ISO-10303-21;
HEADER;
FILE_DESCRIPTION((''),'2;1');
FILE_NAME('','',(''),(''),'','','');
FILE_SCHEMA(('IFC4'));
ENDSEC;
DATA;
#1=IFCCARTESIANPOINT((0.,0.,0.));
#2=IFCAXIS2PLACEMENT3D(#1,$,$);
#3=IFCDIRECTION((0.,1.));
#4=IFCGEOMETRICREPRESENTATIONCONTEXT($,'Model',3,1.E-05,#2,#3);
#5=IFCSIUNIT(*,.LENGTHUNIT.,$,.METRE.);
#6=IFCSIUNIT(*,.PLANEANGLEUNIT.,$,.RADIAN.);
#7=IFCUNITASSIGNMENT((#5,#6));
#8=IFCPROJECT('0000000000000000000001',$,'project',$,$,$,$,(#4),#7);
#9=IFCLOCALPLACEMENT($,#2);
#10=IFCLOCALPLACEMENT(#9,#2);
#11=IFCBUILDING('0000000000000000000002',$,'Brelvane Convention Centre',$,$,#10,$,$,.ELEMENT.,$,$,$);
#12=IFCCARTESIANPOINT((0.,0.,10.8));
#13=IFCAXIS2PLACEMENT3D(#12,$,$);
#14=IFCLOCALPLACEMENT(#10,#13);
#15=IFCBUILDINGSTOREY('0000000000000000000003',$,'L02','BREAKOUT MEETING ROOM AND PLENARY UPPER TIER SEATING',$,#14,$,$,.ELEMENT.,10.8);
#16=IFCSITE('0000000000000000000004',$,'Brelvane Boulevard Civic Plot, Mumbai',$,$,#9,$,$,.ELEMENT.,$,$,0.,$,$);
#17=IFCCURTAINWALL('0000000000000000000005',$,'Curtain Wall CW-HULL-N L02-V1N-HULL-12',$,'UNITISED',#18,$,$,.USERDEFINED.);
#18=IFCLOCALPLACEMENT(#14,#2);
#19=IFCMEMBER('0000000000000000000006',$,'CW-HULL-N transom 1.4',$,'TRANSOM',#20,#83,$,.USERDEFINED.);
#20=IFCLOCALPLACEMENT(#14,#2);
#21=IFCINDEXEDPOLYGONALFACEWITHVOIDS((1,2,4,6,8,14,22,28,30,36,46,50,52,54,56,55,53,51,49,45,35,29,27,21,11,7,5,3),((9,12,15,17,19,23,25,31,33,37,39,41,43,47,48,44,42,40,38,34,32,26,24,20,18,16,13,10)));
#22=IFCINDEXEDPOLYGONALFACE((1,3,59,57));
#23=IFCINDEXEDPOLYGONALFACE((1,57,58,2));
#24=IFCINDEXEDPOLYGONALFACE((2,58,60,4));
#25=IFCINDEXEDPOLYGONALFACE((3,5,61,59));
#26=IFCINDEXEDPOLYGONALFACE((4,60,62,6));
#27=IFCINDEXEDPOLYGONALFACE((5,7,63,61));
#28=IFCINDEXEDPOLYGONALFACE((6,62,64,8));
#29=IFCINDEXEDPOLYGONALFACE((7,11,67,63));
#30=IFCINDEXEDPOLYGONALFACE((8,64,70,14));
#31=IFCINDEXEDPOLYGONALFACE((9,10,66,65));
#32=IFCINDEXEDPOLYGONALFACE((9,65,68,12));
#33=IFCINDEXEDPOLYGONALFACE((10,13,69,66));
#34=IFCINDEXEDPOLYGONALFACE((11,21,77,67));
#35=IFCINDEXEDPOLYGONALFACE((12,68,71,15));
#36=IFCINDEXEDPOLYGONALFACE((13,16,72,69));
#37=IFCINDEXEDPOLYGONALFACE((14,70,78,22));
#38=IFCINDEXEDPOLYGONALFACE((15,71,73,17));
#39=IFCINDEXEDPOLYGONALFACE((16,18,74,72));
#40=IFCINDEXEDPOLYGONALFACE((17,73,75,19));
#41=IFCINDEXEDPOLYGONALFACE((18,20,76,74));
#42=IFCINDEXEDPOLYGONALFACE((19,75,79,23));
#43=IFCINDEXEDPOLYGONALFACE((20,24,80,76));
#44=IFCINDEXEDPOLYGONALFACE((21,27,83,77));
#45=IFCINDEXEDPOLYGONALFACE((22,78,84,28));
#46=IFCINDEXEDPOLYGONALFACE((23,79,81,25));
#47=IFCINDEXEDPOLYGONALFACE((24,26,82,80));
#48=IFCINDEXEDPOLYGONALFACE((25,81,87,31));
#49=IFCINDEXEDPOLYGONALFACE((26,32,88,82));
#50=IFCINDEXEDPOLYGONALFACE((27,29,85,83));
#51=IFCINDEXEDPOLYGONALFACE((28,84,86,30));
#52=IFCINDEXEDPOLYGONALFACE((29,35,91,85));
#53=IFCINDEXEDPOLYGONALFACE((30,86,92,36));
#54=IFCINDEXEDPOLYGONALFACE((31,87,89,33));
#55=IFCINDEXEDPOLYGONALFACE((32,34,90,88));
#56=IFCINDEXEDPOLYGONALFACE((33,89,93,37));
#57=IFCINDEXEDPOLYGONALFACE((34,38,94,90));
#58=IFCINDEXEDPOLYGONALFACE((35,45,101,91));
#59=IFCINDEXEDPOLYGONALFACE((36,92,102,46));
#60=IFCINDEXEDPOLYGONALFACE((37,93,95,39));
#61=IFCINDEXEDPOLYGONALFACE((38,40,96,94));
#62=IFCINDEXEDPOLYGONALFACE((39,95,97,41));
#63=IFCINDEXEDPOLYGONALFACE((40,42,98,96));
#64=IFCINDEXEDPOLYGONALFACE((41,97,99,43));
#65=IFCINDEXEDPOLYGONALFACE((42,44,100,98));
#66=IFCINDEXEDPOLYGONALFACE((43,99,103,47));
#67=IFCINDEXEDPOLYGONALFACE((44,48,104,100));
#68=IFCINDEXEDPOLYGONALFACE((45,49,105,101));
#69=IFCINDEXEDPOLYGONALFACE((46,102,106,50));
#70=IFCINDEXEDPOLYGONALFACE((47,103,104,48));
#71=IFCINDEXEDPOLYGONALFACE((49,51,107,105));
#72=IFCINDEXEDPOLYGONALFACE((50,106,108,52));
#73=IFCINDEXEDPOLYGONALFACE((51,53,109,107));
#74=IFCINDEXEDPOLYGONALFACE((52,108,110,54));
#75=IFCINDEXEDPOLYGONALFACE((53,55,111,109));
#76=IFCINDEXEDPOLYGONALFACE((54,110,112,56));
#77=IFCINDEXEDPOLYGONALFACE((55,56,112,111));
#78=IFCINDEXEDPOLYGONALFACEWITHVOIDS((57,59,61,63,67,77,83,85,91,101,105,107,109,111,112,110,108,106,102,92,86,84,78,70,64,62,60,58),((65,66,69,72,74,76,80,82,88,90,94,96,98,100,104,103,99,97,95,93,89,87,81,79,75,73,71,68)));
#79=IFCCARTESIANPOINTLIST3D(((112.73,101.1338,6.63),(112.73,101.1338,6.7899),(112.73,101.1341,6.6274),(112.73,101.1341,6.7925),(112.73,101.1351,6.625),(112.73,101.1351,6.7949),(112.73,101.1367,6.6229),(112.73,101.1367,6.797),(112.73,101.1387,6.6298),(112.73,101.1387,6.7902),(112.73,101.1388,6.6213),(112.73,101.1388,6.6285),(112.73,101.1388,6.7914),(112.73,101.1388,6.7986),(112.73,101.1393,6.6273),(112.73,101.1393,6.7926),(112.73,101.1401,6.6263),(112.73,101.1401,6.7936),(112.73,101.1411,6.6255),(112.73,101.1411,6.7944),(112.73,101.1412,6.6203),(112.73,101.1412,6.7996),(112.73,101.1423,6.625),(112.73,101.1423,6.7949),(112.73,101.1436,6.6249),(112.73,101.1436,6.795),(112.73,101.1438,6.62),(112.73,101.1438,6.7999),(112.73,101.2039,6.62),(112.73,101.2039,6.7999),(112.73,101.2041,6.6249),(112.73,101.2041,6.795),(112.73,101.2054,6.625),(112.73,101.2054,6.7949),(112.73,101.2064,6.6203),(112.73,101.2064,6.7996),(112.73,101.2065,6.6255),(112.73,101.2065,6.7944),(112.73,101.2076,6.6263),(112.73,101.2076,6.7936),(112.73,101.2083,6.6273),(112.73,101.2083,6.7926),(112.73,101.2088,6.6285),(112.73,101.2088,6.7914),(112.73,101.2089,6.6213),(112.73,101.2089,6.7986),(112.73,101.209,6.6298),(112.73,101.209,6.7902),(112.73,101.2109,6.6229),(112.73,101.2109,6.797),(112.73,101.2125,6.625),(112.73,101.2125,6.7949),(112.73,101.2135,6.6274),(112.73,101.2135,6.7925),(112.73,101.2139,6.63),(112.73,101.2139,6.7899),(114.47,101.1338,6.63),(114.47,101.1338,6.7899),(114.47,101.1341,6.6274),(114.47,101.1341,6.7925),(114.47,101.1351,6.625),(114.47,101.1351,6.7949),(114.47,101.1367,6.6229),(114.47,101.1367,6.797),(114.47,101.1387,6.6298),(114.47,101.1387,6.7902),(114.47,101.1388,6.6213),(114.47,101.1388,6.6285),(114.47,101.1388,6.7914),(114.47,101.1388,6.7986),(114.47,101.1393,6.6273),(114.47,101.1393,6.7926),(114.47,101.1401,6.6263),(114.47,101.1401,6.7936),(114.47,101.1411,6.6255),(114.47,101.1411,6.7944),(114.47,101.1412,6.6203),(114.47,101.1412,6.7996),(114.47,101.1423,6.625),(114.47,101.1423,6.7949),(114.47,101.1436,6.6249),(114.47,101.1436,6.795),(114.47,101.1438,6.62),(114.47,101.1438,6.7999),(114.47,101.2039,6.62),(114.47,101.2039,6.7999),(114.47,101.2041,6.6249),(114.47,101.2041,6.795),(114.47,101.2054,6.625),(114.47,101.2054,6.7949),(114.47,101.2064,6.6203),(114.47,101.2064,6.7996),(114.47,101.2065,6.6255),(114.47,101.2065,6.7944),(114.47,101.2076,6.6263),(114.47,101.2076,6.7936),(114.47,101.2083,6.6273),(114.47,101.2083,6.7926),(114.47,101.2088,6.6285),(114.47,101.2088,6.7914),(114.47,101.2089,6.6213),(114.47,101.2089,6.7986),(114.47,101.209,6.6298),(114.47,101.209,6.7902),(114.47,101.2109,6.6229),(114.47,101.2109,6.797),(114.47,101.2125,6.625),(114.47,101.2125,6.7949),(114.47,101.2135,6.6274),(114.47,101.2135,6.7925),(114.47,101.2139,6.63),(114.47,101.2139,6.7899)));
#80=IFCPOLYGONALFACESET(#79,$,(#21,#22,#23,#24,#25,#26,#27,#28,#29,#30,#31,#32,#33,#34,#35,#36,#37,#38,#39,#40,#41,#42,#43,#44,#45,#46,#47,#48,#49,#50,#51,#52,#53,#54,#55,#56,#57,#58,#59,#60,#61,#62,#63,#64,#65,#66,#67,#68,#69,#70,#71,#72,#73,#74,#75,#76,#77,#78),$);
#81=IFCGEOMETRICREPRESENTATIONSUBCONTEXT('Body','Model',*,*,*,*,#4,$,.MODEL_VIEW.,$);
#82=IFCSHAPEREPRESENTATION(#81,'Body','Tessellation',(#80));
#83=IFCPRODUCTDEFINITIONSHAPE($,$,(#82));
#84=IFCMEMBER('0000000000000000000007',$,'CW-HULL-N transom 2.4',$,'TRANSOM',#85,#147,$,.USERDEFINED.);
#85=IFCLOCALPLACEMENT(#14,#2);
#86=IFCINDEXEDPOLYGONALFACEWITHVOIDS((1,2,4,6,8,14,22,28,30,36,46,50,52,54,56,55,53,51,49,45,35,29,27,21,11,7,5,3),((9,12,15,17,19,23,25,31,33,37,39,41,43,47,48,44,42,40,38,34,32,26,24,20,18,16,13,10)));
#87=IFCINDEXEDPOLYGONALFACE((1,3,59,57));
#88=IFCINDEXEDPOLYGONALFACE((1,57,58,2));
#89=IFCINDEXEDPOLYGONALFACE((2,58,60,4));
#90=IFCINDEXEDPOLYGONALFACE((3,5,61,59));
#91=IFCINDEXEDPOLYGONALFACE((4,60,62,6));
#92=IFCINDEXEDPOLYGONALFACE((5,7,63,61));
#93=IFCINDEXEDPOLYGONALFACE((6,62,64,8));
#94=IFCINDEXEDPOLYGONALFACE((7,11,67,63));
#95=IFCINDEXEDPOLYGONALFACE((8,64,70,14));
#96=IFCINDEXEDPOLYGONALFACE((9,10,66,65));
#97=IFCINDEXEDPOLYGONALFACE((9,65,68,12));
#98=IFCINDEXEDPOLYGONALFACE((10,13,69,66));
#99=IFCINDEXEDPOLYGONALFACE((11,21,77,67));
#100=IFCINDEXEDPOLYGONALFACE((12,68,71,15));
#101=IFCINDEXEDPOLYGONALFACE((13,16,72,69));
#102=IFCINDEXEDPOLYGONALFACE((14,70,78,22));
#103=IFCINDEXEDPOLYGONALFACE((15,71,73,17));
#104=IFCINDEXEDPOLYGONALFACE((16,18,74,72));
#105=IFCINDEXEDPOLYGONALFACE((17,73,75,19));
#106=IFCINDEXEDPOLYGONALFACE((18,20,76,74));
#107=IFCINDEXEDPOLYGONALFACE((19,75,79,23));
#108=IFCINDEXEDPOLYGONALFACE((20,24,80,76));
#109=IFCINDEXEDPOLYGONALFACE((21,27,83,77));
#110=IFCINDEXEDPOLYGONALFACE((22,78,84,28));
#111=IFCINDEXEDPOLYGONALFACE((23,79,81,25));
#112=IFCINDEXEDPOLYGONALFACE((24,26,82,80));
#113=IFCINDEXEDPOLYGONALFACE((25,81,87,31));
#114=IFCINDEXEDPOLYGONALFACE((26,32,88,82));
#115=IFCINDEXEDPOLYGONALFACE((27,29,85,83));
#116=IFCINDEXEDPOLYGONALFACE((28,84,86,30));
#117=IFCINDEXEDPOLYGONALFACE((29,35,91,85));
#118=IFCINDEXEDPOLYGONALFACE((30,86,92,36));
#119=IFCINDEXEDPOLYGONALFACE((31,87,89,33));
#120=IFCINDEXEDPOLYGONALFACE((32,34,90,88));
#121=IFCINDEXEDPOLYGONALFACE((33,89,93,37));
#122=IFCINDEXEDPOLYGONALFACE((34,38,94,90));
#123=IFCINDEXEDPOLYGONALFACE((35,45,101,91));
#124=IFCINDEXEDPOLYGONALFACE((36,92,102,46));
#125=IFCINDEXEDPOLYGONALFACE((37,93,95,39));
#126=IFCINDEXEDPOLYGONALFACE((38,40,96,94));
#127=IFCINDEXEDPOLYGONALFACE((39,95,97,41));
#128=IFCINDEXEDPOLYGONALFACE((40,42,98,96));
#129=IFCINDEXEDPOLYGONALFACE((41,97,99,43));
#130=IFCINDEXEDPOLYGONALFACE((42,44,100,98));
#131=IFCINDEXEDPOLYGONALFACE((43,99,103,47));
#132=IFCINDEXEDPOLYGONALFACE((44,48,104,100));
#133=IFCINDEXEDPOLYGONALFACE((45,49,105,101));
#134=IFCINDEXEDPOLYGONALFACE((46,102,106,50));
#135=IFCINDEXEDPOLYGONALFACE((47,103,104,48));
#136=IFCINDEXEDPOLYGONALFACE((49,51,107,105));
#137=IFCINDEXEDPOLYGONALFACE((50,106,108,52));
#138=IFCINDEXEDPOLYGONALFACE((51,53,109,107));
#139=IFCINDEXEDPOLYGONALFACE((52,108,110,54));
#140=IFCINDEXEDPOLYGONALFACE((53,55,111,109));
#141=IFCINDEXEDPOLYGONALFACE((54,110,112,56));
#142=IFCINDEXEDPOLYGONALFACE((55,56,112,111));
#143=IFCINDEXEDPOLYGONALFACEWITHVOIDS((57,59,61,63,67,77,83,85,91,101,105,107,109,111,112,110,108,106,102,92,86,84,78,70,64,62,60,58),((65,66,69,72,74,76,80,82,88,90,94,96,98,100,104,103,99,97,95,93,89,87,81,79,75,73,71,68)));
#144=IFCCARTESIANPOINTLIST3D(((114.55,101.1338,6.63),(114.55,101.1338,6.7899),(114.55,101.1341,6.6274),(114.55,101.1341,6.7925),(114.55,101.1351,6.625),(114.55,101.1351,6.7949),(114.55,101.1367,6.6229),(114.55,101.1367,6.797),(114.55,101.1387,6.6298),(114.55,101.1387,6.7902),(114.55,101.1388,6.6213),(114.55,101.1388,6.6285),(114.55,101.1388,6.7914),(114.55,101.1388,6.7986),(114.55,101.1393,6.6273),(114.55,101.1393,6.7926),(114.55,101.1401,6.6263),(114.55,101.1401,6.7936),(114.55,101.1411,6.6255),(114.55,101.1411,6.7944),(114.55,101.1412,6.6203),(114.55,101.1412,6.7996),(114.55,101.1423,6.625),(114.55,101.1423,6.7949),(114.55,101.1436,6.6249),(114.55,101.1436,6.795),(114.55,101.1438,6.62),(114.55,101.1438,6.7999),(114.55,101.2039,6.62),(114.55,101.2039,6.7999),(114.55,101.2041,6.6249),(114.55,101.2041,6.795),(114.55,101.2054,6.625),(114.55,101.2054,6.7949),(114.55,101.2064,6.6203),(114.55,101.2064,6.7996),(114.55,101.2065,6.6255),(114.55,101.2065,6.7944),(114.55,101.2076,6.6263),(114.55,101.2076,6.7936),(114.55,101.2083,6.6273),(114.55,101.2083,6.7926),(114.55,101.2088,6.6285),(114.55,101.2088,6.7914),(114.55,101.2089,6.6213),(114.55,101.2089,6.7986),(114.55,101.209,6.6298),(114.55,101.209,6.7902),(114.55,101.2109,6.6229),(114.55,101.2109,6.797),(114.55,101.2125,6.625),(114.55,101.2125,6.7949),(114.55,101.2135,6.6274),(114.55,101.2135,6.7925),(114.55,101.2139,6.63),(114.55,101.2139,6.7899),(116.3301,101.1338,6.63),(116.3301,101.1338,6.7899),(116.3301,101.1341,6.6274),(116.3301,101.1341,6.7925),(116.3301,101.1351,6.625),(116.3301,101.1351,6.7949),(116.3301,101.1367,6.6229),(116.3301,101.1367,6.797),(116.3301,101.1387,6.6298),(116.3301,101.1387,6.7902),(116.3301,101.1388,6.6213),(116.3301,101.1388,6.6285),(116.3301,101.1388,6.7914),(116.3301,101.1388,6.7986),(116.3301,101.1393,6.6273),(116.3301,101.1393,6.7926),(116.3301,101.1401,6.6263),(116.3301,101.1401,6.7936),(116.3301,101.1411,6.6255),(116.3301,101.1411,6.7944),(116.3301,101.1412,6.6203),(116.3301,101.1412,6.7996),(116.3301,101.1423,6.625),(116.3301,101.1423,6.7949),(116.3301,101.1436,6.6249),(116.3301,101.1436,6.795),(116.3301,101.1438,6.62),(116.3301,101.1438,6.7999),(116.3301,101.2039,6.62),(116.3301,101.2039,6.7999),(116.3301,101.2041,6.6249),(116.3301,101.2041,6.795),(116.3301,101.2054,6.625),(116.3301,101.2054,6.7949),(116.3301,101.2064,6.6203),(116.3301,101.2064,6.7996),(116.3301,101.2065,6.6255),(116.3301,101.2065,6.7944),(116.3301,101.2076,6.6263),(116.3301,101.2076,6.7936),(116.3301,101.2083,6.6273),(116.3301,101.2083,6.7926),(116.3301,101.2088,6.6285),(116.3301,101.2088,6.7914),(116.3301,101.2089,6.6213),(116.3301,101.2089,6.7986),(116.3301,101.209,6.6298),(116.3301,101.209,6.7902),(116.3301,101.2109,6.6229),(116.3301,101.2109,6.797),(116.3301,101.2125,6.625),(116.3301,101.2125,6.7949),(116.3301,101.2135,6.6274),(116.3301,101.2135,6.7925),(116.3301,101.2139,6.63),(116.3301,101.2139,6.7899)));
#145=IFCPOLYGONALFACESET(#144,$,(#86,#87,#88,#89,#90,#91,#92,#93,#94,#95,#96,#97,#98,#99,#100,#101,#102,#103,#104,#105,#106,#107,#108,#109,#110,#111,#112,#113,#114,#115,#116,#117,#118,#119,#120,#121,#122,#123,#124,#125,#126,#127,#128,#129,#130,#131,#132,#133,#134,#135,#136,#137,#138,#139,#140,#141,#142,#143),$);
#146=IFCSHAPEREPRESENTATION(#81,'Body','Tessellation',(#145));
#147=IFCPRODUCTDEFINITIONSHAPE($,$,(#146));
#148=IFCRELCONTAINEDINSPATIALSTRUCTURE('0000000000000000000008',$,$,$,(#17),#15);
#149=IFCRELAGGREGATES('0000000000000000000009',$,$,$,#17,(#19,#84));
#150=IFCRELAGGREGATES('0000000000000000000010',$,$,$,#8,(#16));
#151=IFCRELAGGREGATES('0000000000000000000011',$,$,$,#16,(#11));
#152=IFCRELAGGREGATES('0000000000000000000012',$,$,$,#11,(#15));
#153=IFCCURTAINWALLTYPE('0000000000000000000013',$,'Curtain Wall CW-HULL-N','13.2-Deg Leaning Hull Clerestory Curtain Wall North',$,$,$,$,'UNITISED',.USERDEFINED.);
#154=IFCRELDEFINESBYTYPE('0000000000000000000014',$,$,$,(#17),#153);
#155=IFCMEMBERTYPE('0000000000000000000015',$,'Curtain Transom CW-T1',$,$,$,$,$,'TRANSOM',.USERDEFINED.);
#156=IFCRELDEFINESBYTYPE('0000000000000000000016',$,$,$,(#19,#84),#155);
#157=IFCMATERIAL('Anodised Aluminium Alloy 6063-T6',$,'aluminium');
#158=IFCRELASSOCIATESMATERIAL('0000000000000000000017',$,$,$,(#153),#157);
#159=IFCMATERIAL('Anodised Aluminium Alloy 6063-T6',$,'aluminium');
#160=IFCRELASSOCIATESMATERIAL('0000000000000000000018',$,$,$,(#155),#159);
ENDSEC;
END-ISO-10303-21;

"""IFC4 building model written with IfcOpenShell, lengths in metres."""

from ifc_helpers import new_model, si_unit, direction, frame, origin, origin_2d, place, context, subcontext, project, spatial, hollow_rectangle, extrude, material, material_profile, profile_set, type_object, element, aggregate, save


model = new_model("IFC4")

# Units and contexts
model_context = context("Model", 3, precision=1e-05, world=origin(), true_north=direction((0.0, 1.0)))
body_context = subcontext(model_context, "Body", "Model", "MODEL_VIEW")
ifc_project = project(units=[si_unit("LENGTHUNIT", "METRE"), si_unit("PLANEANGLEUNIT", "RADIAN")], contexts=[model_context])

# Site, building, storey
site_placement = place(None, origin())
site = spatial("IfcSite", under=ifc_project, at=site_placement, Name="Brelvane Boulevard Civic Plot, Mumbai", CompositionType="ELEMENT", RefElevation=0.0)
building_placement = place(site_placement, origin())
building = spatial("IfcBuilding", under=site, at=building_placement, Name="Brelvane Convention Centre", CompositionType="ELEMENT")
storey_placement = place(building_placement, frame((0.0, 0.0, 10.8)))
storey = spatial("IfcBuildingStorey", under=building, at=storey_placement, Name="L02", Description="BREAKOUT MEETING ROOM AND PLENARY UPPER TIER SEATING", CompositionType="ELEMENT", Elevation=10.8)

# Curtain wall, members
ifc_material_1 = material(Name="Anodised Aluminium Alloy 6063-T6", Category="aluminium")
curtain_wall_type = type_object("IfcCurtainWallType", Name="Curtain Wall CW-HULL-N", Description="13.2-Deg Leaning Hull Clerestory Curtain Wall North", ElementType="UNITISED", PredefinedType="USERDEFINED", material=ifc_material_1)
ifc_material_2 = material(Name="Anodised Aluminium Alloy 6063-T6", Category="aluminium")
ifc_material_profile_1 = material_profile(ifc_material_2, hollow_rectangle(XDim=0.0801, YDim=0.1799, WallThickness=0.0049, InnerFilletRadius=0.0049, OuterFilletRadius=0.01, at=origin_2d()), Name="ALU-T 180x80x5.0")
ifc_profile_set_1 = profile_set([ifc_material_profile_1], Name="Anodised Aluminium Alloy 6063-T6")
member_type = type_object("IfcMemberType", Name="Curtain Transom CW-T1", ElementType="TRANSOM", PredefinedType="USERDEFINED", material=ifc_profile_set_1)
curtain_wall_1_placement = place(storey_placement, origin())
curtain_wall_1 = element("IfcCurtainWall", 1, at=curtain_wall_1_placement, inside=storey, type_object=curtain_wall_type, Name="Curtain Wall CW-HULL-N L02-V1N-HULL-12", ObjectType="UNITISED", PredefinedType="USERDEFINED")
member_1_placement = place(storey_placement, frame((112.73, 101.1738, 6.71), z_axis=(1.0, 0.0, 0.0), x_axis=(0.0, 1.0, 0.0)))
member_1 = element("IfcMember", 2, at=member_1_placement, type_object=member_type, Name="CW-HULL-N transom 1.4", ObjectType="TRANSOM", PredefinedType="USERDEFINED", context=body_context, shape_type="SweptSolid", body=[
    extrude(hollow_rectangle(XDim=0.0801, YDim=0.1799, WallThickness=0.0049, InnerFilletRadius=0.0049, OuterFilletRadius=0.01, at=origin_2d()), origin(), (0.0, 0.0, 1.0), 1.74),
])
member_2_placement = place(storey_placement, frame((114.55, 101.1738, 6.71), z_axis=(1.0, 0.0, 0.0), x_axis=(0.0, 1.0, 0.0)))
member_2 = element("IfcMember", 3, at=member_2_placement, type_object=member_type, Name="CW-HULL-N transom 2.4", ObjectType="TRANSOM", PredefinedType="USERDEFINED", context=body_context, shape_type="SweptSolid", body=[
    extrude(hollow_rectangle(XDim=0.0801, YDim=0.1799, WallThickness=0.0049, InnerFilletRadius=0.0049, OuterFilletRadius=0.01, at=origin_2d()), origin(), (0.0, 0.0, 1.0), 1.78),
])

aggregate(curtain_wall_1, [member_1, member_2])

save(model, "model.ifc")
